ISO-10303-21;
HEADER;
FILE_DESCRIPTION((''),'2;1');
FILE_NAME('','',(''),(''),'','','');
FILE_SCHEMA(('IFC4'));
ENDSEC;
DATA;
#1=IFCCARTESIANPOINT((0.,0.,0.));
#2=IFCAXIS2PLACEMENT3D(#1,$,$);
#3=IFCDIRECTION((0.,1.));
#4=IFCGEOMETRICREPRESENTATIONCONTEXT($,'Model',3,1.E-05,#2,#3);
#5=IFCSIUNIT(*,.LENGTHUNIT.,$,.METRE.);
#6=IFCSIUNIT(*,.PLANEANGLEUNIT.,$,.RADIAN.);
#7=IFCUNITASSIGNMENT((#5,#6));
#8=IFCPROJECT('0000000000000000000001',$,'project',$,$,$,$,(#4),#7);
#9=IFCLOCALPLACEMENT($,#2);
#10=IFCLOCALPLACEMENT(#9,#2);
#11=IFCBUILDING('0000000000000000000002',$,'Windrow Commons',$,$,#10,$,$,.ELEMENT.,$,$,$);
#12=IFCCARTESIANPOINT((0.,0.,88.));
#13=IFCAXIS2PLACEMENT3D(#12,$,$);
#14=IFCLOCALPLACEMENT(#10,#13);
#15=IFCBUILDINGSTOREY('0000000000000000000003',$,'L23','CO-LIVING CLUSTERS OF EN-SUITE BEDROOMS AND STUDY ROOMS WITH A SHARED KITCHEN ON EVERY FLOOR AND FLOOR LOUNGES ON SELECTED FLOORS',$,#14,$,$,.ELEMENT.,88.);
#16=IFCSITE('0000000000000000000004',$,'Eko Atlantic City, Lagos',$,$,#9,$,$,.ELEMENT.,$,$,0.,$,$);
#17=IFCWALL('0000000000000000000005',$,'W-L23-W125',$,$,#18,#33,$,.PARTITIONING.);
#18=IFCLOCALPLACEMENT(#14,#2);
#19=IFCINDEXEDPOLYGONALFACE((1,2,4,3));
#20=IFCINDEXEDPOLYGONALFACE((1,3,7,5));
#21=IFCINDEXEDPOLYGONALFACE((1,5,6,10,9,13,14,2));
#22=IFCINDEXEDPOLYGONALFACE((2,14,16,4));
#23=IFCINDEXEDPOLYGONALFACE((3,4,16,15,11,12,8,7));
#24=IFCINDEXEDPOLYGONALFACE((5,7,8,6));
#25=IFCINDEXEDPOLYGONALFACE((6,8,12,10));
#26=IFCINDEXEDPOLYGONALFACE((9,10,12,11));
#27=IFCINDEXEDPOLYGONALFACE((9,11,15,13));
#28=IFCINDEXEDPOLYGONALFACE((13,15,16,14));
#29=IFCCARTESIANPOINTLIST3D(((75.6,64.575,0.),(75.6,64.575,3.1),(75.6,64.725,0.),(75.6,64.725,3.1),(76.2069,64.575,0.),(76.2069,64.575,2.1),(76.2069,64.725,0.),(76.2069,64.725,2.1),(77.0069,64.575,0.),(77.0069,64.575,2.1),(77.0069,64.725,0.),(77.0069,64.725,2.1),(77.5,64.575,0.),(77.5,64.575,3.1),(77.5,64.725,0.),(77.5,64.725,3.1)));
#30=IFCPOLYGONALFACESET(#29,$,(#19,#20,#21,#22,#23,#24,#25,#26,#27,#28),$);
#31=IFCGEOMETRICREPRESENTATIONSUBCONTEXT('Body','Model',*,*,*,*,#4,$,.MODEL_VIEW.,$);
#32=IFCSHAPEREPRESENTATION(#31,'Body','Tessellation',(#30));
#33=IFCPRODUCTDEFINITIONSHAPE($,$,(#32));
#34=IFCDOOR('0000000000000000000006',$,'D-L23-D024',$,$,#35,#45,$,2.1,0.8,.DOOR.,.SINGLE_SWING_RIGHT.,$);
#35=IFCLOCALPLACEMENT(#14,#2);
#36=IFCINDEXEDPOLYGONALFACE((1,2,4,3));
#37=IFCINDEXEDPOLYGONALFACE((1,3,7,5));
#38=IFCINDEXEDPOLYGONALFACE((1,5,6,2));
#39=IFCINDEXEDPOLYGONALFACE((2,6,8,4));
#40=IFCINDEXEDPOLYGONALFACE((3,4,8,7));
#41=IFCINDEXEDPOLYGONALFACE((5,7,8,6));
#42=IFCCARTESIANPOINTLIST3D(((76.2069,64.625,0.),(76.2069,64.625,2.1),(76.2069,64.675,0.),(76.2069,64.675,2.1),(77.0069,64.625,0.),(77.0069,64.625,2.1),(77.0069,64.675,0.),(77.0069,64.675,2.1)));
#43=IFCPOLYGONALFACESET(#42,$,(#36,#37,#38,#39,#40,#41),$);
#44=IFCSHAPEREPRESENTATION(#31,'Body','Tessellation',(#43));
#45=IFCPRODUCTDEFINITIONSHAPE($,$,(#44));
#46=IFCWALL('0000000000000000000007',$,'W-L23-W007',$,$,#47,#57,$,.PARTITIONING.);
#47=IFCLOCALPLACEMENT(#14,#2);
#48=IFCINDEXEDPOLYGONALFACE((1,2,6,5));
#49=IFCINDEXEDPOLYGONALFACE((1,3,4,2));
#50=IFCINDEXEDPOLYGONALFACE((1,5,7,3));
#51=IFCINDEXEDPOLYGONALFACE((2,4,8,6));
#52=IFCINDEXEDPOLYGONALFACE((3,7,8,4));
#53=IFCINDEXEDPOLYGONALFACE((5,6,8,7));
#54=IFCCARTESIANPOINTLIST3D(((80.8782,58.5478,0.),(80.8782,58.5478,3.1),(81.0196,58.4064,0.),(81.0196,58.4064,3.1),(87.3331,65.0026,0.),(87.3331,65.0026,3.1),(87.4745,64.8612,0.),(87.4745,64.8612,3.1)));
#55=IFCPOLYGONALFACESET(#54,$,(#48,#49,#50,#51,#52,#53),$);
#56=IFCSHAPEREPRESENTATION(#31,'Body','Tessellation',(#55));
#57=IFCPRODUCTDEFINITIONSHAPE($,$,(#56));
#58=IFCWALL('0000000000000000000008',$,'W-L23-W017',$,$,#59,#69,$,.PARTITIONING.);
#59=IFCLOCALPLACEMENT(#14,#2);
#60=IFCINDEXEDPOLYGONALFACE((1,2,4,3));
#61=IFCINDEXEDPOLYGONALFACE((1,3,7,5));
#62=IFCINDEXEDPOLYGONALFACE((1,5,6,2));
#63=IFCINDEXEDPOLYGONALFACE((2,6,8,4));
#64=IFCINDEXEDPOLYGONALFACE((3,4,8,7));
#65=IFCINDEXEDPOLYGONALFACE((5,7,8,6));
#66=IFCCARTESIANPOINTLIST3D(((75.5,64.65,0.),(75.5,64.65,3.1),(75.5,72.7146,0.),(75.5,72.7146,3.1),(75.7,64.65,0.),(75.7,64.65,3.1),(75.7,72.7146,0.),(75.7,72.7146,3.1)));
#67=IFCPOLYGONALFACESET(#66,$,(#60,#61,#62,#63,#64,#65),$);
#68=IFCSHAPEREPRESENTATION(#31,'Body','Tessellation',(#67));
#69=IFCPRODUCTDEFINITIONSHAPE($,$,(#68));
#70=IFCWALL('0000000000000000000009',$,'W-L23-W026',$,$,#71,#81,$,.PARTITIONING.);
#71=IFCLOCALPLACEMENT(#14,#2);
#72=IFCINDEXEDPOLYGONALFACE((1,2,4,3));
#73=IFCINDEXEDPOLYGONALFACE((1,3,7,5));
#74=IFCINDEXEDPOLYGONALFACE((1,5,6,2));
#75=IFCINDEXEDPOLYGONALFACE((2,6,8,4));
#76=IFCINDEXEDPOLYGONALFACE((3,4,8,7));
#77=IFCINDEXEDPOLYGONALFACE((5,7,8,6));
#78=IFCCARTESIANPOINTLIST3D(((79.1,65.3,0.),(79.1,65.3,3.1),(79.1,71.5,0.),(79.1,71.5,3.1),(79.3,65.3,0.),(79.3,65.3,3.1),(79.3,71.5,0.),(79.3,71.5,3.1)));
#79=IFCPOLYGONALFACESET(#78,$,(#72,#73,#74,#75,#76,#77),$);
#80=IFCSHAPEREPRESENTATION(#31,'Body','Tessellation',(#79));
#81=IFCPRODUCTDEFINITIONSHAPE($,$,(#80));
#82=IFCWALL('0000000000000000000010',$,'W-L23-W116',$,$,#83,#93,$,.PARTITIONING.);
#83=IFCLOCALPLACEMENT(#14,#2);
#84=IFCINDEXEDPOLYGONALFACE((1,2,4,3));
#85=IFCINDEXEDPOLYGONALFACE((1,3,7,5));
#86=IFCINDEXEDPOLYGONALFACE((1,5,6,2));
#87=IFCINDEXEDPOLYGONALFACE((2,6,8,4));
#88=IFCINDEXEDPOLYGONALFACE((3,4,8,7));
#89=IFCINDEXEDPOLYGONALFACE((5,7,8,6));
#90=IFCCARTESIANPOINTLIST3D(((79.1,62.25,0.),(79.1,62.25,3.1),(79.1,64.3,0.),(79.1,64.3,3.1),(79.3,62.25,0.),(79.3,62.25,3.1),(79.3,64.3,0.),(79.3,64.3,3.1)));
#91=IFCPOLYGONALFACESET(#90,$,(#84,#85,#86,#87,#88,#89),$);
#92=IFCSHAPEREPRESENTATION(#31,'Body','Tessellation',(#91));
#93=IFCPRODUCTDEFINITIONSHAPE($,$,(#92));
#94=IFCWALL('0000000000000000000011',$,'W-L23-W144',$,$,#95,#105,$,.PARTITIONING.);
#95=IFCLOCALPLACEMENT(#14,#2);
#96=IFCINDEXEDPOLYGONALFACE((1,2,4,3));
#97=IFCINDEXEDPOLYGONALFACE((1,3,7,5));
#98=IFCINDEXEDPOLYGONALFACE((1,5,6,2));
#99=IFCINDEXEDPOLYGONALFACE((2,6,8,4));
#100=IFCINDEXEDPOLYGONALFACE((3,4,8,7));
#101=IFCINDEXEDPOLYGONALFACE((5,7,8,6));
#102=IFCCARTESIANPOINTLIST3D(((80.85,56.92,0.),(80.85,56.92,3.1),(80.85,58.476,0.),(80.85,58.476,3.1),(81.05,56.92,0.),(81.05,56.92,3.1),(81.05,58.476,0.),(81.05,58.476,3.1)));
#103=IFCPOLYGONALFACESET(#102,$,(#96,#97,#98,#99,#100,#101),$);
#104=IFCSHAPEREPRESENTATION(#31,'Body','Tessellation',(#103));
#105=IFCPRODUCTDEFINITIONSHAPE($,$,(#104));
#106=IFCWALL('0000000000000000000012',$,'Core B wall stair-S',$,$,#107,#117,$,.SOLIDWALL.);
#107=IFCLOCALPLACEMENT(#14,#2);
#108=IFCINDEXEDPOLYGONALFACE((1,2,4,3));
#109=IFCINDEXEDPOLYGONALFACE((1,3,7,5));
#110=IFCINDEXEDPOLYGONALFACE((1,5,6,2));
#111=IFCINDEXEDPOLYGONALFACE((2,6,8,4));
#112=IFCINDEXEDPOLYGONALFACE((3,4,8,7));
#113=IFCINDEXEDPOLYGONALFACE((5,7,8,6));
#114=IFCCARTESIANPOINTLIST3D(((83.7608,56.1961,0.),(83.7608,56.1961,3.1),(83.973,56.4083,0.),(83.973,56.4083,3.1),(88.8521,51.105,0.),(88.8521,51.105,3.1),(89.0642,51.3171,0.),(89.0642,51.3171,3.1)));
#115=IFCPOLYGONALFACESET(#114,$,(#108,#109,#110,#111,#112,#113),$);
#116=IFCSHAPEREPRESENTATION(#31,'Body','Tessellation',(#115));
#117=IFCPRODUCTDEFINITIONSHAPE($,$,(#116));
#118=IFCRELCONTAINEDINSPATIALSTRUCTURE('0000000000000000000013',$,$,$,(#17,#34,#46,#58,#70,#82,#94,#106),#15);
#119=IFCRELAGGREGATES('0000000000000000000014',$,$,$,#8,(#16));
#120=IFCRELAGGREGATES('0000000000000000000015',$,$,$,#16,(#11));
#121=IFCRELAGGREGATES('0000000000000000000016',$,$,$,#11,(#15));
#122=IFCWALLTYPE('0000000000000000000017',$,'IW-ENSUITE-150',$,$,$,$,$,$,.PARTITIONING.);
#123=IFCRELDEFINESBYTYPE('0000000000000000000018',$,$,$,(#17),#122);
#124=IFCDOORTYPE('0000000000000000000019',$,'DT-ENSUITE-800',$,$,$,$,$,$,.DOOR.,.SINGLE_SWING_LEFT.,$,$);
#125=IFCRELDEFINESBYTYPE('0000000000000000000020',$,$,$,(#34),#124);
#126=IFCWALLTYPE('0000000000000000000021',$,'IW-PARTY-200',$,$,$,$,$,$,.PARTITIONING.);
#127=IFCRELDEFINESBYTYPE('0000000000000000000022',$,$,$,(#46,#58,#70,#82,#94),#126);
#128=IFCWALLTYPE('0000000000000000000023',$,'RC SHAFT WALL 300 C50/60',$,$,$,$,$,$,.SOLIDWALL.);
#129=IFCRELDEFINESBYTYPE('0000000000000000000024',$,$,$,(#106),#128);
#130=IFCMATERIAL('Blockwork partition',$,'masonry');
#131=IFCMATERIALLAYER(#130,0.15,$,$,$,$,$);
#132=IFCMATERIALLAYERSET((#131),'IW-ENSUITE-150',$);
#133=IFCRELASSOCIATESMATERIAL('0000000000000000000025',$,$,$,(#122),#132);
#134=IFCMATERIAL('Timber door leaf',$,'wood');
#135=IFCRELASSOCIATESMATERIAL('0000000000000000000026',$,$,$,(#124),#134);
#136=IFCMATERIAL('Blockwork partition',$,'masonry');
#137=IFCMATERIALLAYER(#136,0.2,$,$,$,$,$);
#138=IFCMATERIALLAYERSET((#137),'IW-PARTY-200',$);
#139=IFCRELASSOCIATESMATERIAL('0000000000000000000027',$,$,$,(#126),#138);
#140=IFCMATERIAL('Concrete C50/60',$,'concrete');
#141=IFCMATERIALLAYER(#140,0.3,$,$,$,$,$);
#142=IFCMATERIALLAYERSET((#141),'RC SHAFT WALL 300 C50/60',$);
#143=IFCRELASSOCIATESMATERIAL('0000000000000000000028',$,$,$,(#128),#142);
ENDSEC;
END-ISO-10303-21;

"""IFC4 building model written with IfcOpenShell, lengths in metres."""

from ifc_helpers import new_model, si_unit, direction, frame, frame_2d, origin, place, context, subcontext, project, spatial, rectangle, extrude, material, layer, layer_set, type_object, element, fill, save


model = new_model("IFC4")

# Units and contexts
model_context = context("Model", 3, precision=1e-05, world=origin(), true_north=direction((0.0, 1.0)))
body_context = subcontext(model_context, "Body", "Model", "MODEL_VIEW")
ifc_project = project(units=[si_unit("LENGTHUNIT", "METRE"), si_unit("PLANEANGLEUNIT", "RADIAN")], contexts=[model_context])

# Site, building, storey
site_placement = place(None, origin())
site = spatial("IfcSite", under=ifc_project, at=site_placement, Name="Eko Atlantic City, Lagos", CompositionType="ELEMENT", RefElevation=0.0)
building_placement = place(site_placement, origin())
building = spatial("IfcBuilding", under=site, at=building_placement, Name="Windrow Commons", CompositionType="ELEMENT")
storey_placement = place(building_placement, frame((0.0, 0.0, 88.0)))
storey = spatial("IfcBuildingStorey", under=building, at=storey_placement, Name="L23", Description="CO-LIVING CLUSTERS OF EN-SUITE BEDROOMS AND STUDY ROOMS WITH A SHARED KITCHEN ON EVERY FLOOR AND FLOOR LOUNGES ON SELECTED FLOORS", CompositionType="ELEMENT", Elevation=88.0)

# Shared definitions
ifc_material_1 = material(Name="Blockwork partition", Category="masonry")
ifc_layer_1 = layer(ifc_material_1, 0.15)
ifc_layer_set_1 = layer_set([ifc_layer_1], Name="IW-ENSUITE-150")
wall_type_1 = type_object("IfcWallType", Name="IW-ENSUITE-150", PredefinedType="PARTITIONING", material=ifc_layer_set_1)

# Wall, opening, door
wall_1_placement = place(storey_placement, frame((75.6, 64.65, 0.0), z_axis=(0.0, 0.0, 1.0), x_axis=(1.0, 0.0, 0.0)))
wall_1 = element("IfcWall", 1, at=wall_1_placement, inside=storey, type_object=wall_type_1, Name="W-L23-W125", PredefinedType="PARTITIONING", context=body_context, shape_type="SweptSolid", body=[
    extrude(rectangle(XDim=1.9, YDim=0.15, at=frame_2d((0.95, 0.0))), origin(), (0.0, 0.0, 1.0), 3.1),
])
opening_1_placement = place(wall_1_placement, frame((0.6069, 0.0, 0.0)))
opening_1 = element("IfcOpeningElement", 2, at=opening_1_placement, cuts=wall_1, PredefinedType="OPENING", context=body_context, shape_type="SweptSolid", body=[
    extrude(rectangle(XDim=0.8, YDim=2.1, at=frame_2d((0.4, 1.05))), frame((0.0, 0.085, 0.0), z_axis=(0.0, -1.0, 0.0), x_axis=(1.0, 0.0, 0.0)), (0.0, 0.0, 1.0), 0.17),
])
ifc_material_2 = material(Name="Timber door leaf", Category="wood")
door_type_1 = type_object("IfcDoorType", Name="DT-ENSUITE-800", OperationType="SINGLE_SWING_LEFT", PredefinedType="DOOR", material=ifc_material_2)
door_1_placement = place(opening_1_placement, origin())
door_1 = element("IfcDoor", 3, at=door_1_placement, inside=storey, type_object=door_type_1, Name="D-L23-D024", OperationType="SINGLE_SWING_RIGHT", OverallHeight=2.1, OverallWidth=0.8, PredefinedType="DOOR", context=body_context, shape_type="SweptSolid", body=[
    extrude(rectangle(XDim=0.8, YDim=2.1, at=frame_2d((0.4, 1.05))), frame((0.0, 0.025, 0.0), z_axis=(0.0, -1.0, 0.0), x_axis=(1.0, 0.0, 0.0)), (0.0, 0.0, 1.0), 0.05),
])
fill(opening_1, door_1)

# Walls
ifc_material_3 = material(Name="Blockwork partition", Category="masonry")
ifc_layer_2 = layer(ifc_material_3, 0.2)
ifc_layer_set_2 = layer_set([ifc_layer_2], Name="IW-PARTY-200")
wall_type_2 = type_object("IfcWallType", Name="IW-PARTY-200", PredefinedType="PARTITIONING", material=ifc_layer_set_2)
wall_2_placement = place(storey_placement, frame((80.9489, 58.4771, 0.0), z_axis=(0.0, 0.0, 1.0), x_axis=(0.707112, 0.707101, 0.0)))
element("IfcWall", 4, at=wall_2_placement, inside=storey, type_object=wall_type_2, Name="W-L23-W007", PredefinedType="PARTITIONING", context=body_context, shape_type="SweptSolid", body=[
    extrude(rectangle(XDim=9.1285, YDim=0.2, at=frame_2d((4.5643, 0.0))), origin(), (0.0, 0.0, 1.0), 3.1),
])
wall_3_placement = place(storey_placement, frame((75.6, 64.65, 0.0), z_axis=(0.0, 0.0, 1.0), x_axis=(0.0, 1.0, 0.0)))
element("IfcWall", 5, at=wall_3_placement, inside=storey, type_object=wall_type_2, Name="W-L23-W017", PredefinedType="PARTITIONING", context=body_context, shape_type="SweptSolid", body=[
    extrude(rectangle(XDim=8.0646, YDim=0.2, at=frame_2d((4.0323, 0.0))), origin(), (0.0, 0.0, 1.0), 3.1),
])
wall_4_placement = place(storey_placement, frame((79.2, 65.3, 0.0), z_axis=(0.0, 0.0, 1.0), x_axis=(0.0, 1.0, 0.0)))
element("IfcWall", 6, at=wall_4_placement, inside=storey, type_object=wall_type_2, Name="W-L23-W026", PredefinedType="PARTITIONING", context=body_context, shape_type="SweptSolid", body=[
    extrude(rectangle(XDim=6.2, YDim=0.2, at=frame_2d((3.1, 0.0))), origin(), (0.0, 0.0, 1.0), 3.1),
])
wall_5_placement = place(storey_placement, frame((79.2, 62.25, 0.0), z_axis=(0.0, 0.0, 1.0), x_axis=(0.0, 1.0, 0.0)))
element("IfcWall", 7, at=wall_5_placement, inside=storey, type_object=wall_type_2, Name="W-L23-W116", PredefinedType="PARTITIONING", context=body_context, shape_type="SweptSolid", body=[
    extrude(rectangle(XDim=2.05, YDim=0.2, at=frame_2d((1.025, 0.0))), origin(), (0.0, 0.0, 1.0), 3.1),
])
wall_6_placement = place(storey_placement, frame((80.95, 56.92, 0.0), z_axis=(0.0, 0.0, 1.0), x_axis=(0.0, 1.0, 0.0)))
element("IfcWall", 8, at=wall_6_placement, inside=storey, type_object=wall_type_2, Name="W-L23-W144", PredefinedType="PARTITIONING", context=body_context, shape_type="SweptSolid", body=[
    extrude(rectangle(XDim=1.556, YDim=0.2, at=frame_2d((0.778, 0.0))), origin(), (0.0, 0.0, 1.0), 3.1),
])
ifc_material_4 = material(Name="Concrete C50/60", Category="concrete")
ifc_layer_3 = layer(ifc_material_4, 0.3)
ifc_layer_set_3 = layer_set([ifc_layer_3], Name="RC SHAFT WALL 300 C50/60")
wall_type_3 = type_object("IfcWallType", Name="RC SHAFT WALL 300 C50/60", PredefinedType="SOLIDWALL", material=ifc_layer_set_3)
wall_7_placement = place(storey_placement, frame((83.8669, 56.3022, 0.0), z_axis=(0.0, 0.0, 1.0), x_axis=(0.707114, -0.7071, 0.0)))
element("IfcWall", 9, at=wall_7_placement, inside=storey, type_object=wall_type_3, Name="Core B wall stair-S", PredefinedType="SOLIDWALL", context=body_context, shape_type="SweptSolid", body=[
    extrude(rectangle(XDim=7.2, YDim=0.3, at=frame_2d((3.6, 0.0))), origin(), (0.0, 0.0, 1.0), 3.1),
])

save(model, "model.ifc")
